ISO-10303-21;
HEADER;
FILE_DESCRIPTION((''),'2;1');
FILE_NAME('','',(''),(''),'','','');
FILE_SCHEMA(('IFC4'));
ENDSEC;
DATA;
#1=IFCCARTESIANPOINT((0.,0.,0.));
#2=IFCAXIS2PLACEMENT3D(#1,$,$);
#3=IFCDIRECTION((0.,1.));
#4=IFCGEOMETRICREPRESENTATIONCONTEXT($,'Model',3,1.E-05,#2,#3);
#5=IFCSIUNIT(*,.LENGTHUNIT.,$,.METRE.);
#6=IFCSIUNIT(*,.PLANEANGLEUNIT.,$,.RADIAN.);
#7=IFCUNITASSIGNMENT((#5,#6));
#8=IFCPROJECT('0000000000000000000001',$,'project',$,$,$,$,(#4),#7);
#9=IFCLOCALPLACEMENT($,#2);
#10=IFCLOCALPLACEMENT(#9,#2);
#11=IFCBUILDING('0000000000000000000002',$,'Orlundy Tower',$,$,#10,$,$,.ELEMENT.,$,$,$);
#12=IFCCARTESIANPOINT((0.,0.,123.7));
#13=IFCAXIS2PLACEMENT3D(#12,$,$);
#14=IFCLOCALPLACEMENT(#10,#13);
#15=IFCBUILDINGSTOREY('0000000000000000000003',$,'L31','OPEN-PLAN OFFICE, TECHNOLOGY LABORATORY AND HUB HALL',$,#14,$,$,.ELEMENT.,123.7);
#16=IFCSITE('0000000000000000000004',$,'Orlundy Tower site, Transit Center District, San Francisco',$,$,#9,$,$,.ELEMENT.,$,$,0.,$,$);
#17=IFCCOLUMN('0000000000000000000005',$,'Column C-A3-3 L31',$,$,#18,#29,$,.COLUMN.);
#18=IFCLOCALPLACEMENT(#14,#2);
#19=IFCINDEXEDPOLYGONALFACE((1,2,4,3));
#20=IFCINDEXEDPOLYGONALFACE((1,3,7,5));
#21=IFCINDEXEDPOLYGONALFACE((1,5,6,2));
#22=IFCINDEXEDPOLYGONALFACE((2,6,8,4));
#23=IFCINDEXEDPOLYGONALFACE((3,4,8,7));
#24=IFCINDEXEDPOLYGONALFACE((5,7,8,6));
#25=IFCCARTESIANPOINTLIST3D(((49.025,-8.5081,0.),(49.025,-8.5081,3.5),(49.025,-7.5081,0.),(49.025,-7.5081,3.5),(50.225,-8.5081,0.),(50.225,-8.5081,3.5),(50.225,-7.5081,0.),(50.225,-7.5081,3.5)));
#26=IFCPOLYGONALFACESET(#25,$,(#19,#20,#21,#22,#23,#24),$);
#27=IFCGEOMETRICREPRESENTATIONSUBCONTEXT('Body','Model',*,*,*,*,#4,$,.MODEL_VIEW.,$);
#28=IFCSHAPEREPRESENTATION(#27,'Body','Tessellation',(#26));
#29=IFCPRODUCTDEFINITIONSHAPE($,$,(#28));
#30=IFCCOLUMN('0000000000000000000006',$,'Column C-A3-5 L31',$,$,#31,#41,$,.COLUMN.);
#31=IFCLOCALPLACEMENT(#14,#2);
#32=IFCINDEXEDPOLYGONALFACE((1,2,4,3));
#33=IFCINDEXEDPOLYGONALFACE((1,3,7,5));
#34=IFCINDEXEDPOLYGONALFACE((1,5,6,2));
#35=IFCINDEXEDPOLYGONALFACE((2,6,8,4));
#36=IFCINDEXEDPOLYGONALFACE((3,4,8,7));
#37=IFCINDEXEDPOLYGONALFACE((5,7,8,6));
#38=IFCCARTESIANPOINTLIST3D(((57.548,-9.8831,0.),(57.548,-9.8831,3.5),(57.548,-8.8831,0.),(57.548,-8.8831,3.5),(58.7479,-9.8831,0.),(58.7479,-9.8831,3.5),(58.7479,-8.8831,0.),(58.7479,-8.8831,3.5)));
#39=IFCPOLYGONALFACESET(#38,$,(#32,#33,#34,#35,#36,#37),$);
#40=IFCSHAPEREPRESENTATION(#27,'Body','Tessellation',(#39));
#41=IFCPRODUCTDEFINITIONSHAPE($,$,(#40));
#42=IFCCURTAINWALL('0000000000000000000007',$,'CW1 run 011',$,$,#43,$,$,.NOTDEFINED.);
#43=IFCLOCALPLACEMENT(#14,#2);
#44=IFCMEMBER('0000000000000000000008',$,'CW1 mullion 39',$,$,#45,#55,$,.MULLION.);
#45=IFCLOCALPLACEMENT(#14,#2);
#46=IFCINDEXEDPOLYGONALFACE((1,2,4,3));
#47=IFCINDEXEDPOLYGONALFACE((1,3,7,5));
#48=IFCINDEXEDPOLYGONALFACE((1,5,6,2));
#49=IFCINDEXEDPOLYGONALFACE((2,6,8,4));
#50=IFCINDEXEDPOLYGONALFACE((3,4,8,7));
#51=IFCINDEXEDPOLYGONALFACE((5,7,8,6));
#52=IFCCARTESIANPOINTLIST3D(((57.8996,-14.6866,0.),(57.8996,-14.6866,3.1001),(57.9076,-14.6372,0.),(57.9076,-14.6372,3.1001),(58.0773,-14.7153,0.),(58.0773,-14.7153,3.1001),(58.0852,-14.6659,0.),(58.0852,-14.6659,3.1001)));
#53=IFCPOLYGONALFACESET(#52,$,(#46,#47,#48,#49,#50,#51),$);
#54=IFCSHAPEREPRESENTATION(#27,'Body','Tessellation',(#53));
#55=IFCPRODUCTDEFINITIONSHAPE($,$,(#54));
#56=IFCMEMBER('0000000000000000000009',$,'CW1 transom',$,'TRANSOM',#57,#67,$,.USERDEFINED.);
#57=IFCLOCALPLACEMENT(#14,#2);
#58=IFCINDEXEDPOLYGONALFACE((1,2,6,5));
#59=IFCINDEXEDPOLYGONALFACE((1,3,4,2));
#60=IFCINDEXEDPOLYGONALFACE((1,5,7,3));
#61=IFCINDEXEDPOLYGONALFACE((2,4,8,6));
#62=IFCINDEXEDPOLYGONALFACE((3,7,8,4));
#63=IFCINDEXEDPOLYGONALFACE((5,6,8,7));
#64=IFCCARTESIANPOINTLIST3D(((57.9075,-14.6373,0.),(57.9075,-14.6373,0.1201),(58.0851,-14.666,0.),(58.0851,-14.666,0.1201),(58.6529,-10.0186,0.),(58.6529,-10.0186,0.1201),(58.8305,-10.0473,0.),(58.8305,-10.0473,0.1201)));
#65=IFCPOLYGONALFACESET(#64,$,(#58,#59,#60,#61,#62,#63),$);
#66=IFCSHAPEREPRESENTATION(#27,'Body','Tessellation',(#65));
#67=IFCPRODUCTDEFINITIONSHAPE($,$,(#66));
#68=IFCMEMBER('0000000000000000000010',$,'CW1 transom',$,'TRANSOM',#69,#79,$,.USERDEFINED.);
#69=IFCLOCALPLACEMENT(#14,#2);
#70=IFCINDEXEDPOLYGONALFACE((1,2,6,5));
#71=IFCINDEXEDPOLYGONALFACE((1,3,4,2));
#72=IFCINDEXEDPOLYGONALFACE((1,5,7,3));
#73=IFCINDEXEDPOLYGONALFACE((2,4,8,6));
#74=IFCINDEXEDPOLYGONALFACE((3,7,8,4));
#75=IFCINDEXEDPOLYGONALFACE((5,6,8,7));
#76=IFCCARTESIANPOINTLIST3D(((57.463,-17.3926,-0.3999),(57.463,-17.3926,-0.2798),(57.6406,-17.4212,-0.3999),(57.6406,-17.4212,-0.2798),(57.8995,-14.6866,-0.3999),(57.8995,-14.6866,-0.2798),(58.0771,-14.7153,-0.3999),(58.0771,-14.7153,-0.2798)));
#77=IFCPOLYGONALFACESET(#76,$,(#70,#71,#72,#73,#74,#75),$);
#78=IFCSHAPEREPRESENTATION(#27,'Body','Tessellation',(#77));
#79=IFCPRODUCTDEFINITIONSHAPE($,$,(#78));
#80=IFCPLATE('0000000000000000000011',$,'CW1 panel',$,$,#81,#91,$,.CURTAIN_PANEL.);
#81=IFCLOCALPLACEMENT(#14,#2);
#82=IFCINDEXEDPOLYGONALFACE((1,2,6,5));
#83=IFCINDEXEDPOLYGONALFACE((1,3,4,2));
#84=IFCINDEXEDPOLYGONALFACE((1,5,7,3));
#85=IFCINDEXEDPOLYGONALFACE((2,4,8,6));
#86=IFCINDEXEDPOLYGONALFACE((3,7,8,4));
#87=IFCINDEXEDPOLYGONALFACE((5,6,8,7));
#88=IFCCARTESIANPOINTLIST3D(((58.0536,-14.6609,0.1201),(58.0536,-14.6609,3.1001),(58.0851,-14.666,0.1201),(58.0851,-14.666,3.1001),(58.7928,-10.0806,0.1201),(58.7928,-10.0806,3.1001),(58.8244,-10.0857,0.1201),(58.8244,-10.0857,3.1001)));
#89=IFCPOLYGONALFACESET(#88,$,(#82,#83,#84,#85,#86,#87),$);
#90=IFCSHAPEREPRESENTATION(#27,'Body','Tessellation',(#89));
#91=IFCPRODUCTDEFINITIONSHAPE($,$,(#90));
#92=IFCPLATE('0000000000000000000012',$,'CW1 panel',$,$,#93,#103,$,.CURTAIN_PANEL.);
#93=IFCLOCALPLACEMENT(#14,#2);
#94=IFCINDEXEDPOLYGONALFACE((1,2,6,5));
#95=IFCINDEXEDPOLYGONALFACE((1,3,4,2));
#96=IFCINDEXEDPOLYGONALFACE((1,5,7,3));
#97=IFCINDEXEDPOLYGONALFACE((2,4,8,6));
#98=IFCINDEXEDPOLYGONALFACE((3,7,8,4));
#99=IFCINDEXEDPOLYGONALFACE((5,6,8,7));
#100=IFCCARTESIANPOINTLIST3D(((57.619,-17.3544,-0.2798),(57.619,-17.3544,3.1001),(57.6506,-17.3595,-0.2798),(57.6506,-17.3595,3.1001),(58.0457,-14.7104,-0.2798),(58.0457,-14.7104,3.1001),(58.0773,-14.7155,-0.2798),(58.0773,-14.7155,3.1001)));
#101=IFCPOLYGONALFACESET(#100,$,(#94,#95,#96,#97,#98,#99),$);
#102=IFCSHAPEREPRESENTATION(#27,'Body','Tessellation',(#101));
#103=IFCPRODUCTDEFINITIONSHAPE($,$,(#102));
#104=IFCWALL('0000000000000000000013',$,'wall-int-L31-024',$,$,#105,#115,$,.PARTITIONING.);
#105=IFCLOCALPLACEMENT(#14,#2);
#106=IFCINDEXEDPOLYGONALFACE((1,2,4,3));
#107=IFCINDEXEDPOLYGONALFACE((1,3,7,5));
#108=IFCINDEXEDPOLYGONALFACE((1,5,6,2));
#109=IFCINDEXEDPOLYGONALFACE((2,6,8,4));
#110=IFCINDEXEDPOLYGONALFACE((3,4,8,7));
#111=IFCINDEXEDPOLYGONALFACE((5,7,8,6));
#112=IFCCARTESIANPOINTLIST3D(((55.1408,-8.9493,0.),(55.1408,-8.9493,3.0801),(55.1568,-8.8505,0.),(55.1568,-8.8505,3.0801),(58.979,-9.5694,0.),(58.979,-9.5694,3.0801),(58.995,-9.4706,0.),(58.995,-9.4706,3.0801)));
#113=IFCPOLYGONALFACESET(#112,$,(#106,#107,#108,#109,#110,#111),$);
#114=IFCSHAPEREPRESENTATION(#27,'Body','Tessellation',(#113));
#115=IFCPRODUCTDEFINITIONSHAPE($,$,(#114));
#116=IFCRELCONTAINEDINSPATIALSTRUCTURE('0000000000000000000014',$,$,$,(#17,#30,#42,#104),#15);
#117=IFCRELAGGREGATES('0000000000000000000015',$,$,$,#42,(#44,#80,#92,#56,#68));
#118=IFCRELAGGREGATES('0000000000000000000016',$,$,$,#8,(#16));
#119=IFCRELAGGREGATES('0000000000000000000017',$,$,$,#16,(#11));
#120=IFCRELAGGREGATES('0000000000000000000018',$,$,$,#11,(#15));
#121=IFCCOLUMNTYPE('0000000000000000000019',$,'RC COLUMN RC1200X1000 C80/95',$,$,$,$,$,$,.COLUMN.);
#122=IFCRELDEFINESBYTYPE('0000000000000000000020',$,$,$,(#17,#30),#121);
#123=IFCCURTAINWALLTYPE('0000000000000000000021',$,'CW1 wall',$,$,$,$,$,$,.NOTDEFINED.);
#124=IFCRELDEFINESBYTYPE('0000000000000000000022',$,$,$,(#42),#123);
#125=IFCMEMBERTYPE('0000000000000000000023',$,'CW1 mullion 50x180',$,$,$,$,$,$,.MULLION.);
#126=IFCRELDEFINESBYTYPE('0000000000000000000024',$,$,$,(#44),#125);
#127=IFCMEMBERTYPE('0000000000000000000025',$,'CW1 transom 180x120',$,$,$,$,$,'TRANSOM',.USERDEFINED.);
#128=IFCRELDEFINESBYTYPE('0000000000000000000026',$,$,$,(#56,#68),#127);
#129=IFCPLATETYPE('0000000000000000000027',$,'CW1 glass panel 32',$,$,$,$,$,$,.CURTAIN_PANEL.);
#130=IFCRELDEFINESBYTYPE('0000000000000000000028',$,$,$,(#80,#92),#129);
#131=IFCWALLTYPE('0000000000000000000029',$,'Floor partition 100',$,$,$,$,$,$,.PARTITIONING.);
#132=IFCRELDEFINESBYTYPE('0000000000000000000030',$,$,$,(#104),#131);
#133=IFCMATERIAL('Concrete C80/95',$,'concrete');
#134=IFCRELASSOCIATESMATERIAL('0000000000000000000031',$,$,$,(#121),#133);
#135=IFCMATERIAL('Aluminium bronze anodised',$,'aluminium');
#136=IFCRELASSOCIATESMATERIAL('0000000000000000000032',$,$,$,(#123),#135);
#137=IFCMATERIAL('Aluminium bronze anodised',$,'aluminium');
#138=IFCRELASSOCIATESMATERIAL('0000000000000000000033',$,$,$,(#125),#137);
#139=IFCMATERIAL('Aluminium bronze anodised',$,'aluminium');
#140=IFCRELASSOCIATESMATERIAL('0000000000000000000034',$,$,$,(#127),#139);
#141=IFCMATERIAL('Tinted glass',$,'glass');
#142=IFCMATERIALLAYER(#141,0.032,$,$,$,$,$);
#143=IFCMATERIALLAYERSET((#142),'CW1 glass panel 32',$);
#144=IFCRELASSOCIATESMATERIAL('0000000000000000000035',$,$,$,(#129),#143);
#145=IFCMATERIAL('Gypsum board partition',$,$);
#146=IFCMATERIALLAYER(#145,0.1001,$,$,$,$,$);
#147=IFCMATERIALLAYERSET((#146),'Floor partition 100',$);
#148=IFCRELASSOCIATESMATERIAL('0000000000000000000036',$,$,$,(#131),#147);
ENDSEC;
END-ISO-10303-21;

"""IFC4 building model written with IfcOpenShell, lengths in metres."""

from ifc_helpers import new_model, si_unit, direction, frame, frame_2d, origin, origin_2d, place, context, subcontext, project, spatial, rectangle, extrude, material, layer, layer_set, material_profile, profile_set, type_object, element, aggregate, save


model = new_model("IFC4")

# Units and contexts
model_context = context("Model", 3, precision=1e-05, world=origin(), true_north=direction((0.0, 1.0)))
body_context = subcontext(model_context, "Body", "Model", "MODEL_VIEW")
ifc_project = project(units=[si_unit("LENGTHUNIT", "METRE"), si_unit("PLANEANGLEUNIT", "RADIAN")], contexts=[model_context])

# Site, building, storey
site_placement = place(None, origin())
site = spatial("IfcSite", under=ifc_project, at=site_placement, Name="Orlundy Tower site, Transit Center District, San Francisco", CompositionType="ELEMENT", RefElevation=0.0)
building_placement = place(site_placement, origin())
building = spatial("IfcBuilding", under=site, at=building_placement, Name="Orlundy Tower", CompositionType="ELEMENT")
storey_placement = place(building_placement, frame((0.0, 0.0, 123.7)))
storey = spatial("IfcBuildingStorey", under=building, at=storey_placement, Name="L31", Description="OPEN-PLAN OFFICE, TECHNOLOGY LABORATORY AND HUB HALL", CompositionType="ELEMENT", Elevation=123.7)

# Columns
ifc_material_1 = material(Name="Concrete C80/95", Category="concrete")
ifc_material_profile_1 = material_profile(ifc_material_1, rectangle(XDim=1.2, YDim=1.0, at=origin_2d()), Name="RC1200X1000")
ifc_profile_set_1 = profile_set([ifc_material_profile_1], Name="Concrete C80/95")
column_type = type_object("IfcColumnType", Name="RC COLUMN RC1200X1000 C80/95", PredefinedType="COLUMN", material=ifc_profile_set_1)
for number, where, z_axis, x_axis, name in (
    (1, (49.625, -8.0081, 0.0), (0.0, 0.0, 1.0), (1.0, 0.0, 0.0), "Column C-A3-3 L31"),
    (2, (58.1479, -9.3831, 0.0), (0.0, 0.0, 1.0), (1.0, 0.0, 0.0), "Column C-A3-5 L31"),
):
    element("IfcColumn", number, at=place(storey_placement, frame(where, z_axis=z_axis, x_axis=x_axis)), inside=storey, type_object=column_type, Name=name, PredefinedType="COLUMN", context=body_context, shape_type="SweptSolid", body=[
        extrude(rectangle(XDim=1.2, YDim=1.0, at=origin_2d()), origin(), (0.0, 0.0, 1.0), 3.5),
    ])

# Curtain wall, members, plates
ifc_material_2 = material(Name="Aluminium bronze anodised", Category="aluminium")
curtain_wall_type = type_object("IfcCurtainWallType", Name="CW1 wall", PredefinedType="NOTDEFINED", material=ifc_material_2)
curtain_wall_placement = place(storey_placement, origin())
curtain_wall = element("IfcCurtainWall", 3, at=curtain_wall_placement, inside=storey, type_object=curtain_wall_type, Name="CW1 run 011", PredefinedType="NOTDEFINED")
ifc_material_3 = material(Name="Aluminium bronze anodised", Category="aluminium")
ifc_material_profile_2 = material_profile(ifc_material_3, rectangle(XDim=0.1799, YDim=0.05, at=origin_2d()), Name="CW1 mullion 50x180")
ifc_profile_set_2 = profile_set([ifc_material_profile_2], Name="Aluminium bronze anodised")
member_type_1 = type_object("IfcMemberType", Name="CW1 mullion 50x180", PredefinedType="MULLION", material=ifc_profile_set_2)
member_1_placement = place(storey_placement, frame((57.9924, -14.6763, 0.0), z_axis=(0.0, 0.0, 1.0), x_axis=(0.987225, -0.159331, 0.0)))
member_1 = element("IfcMember", 4, at=member_1_placement, type_object=member_type_1, Name="CW1 mullion 39", PredefinedType="MULLION", context=body_context, shape_type="SweptSolid", body=[
    extrude(rectangle(XDim=0.1799, YDim=0.05, at=origin_2d()), origin(), (0.0, 0.0, 1.0), 3.1001),
])
ifc_material_4 = material(Name="Aluminium bronze anodised", Category="aluminium")
ifc_material_profile_3 = material_profile(ifc_material_4, rectangle(XDim=0.1799, YDim=0.1201, at=origin_2d()), Name="CW1 transom 180x120")
ifc_profile_set_3 = profile_set([ifc_material_profile_3], Name="Aluminium bronze anodised")
member_type_2 = type_object("IfcMemberType", Name="CW1 transom 180x120", ElementType="TRANSOM", PredefinedType="USERDEFINED", material=ifc_profile_set_3)
member_2_placement = place(storey_placement, frame((58.7417, -10.033, 0.0601), z_axis=(-0.159319, -0.987227, 0.0), x_axis=(0.987227, -0.159319, 0.0)))
member_2 = element("IfcMember", 5, at=member_2_placement, type_object=member_type_2, Name="CW1 transom", ObjectType="TRANSOM", PredefinedType="USERDEFINED", context=body_context, shape_type="SweptSolid", body=[
    extrude(rectangle(XDim=0.1799, YDim=0.1201, at=origin_2d()), origin(), (0.0, 0.0, 1.0), 4.6785),
])
member_3_placement = place(storey_placement, frame((57.9883, -14.7009, -0.3398), z_axis=(-0.159255, -0.987238, 0.0), x_axis=(0.987238, -0.159255, 0.0)))
member_3 = element("IfcMember", 6, at=member_3_placement, type_object=member_type_2, Name="CW1 transom", ObjectType="TRANSOM", PredefinedType="USERDEFINED", context=body_context, shape_type="SweptSolid", body=[
    extrude(rectangle(XDim=0.1799, YDim=0.1201, at=origin_2d()), origin(), (0.0, 0.0, 1.0), 2.741),
])
ifc_material_5 = material(Name="Tinted glass", Category="glass")
ifc_layer_1 = layer(ifc_material_5, 0.032)
ifc_layer_set_1 = layer_set([ifc_layer_1], Name="CW1 glass panel 32")
plate_type = type_object("IfcPlateType", Name="CW1 glass panel 32", PredefinedType="CURTAIN_PANEL", material=ifc_layer_set_1)
plate_1_placement = place(storey_placement, frame((58.439, -12.3733, 0.1201), z_axis=(0.0, 0.0, 1.0), x_axis=(-0.159331, -0.987225, 0.0)))
plate_1 = element("IfcPlate", 7, at=plate_1_placement, type_object=plate_type, Name="CW1 panel", PredefinedType="CURTAIN_PANEL", context=body_context, shape_type="SweptSolid", body=[
    extrude(rectangle(XDim=4.6396, YDim=0.032, at=origin_2d()), origin(), (0.0, 0.0, 1.0), 2.98),
])
plate_2_placement = place(storey_placement, frame((57.8481, -16.0349, -0.2798), z_axis=(0.0, 0.0, 1.0), x_axis=(-0.159331, -0.987225, 0.0)))
plate_2 = element("IfcPlate", 8, at=plate_2_placement, type_object=plate_type, Name="CW1 panel", PredefinedType="CURTAIN_PANEL", context=body_context, shape_type="SweptSolid", body=[
    extrude(rectangle(XDim=2.6782, YDim=0.032, at=origin_2d()), origin(), (0.0, 0.0, 1.0), 3.3799),
])
aggregate(curtain_wall, [member_1, plate_1, plate_2, member_2, member_3])

# Wall
ifc_material_6 = material(Name="Gypsum board partition")
ifc_layer_2 = layer(ifc_material_6, 0.1001)
ifc_layer_set_2 = layer_set([ifc_layer_2], Name="Floor partition 100")
wall_type_1 = type_object("IfcWallType", Name="Floor partition 100", PredefinedType="PARTITIONING", material=ifc_layer_set_2)
wall_1_placement = place(storey_placement, frame((55.1489, -8.8999, 0.0), z_axis=(0.0, 0.0, 1.0), x_axis=(0.987198, -0.159499, 0.0)))
element("IfcWall", 9, at=wall_1_placement, inside=storey, type_object=wall_type_1, Name="wall-int-L31-024", PredefinedType="PARTITIONING", context=body_context, shape_type="SweptSolid", body=[
    extrude(rectangle(XDim=3.8879, YDim=0.1001, at=frame_2d((1.9438, 0.0))), origin(), (0.0, 0.0, 1.0), 3.0801),
])

save(model, "model.ifc")
